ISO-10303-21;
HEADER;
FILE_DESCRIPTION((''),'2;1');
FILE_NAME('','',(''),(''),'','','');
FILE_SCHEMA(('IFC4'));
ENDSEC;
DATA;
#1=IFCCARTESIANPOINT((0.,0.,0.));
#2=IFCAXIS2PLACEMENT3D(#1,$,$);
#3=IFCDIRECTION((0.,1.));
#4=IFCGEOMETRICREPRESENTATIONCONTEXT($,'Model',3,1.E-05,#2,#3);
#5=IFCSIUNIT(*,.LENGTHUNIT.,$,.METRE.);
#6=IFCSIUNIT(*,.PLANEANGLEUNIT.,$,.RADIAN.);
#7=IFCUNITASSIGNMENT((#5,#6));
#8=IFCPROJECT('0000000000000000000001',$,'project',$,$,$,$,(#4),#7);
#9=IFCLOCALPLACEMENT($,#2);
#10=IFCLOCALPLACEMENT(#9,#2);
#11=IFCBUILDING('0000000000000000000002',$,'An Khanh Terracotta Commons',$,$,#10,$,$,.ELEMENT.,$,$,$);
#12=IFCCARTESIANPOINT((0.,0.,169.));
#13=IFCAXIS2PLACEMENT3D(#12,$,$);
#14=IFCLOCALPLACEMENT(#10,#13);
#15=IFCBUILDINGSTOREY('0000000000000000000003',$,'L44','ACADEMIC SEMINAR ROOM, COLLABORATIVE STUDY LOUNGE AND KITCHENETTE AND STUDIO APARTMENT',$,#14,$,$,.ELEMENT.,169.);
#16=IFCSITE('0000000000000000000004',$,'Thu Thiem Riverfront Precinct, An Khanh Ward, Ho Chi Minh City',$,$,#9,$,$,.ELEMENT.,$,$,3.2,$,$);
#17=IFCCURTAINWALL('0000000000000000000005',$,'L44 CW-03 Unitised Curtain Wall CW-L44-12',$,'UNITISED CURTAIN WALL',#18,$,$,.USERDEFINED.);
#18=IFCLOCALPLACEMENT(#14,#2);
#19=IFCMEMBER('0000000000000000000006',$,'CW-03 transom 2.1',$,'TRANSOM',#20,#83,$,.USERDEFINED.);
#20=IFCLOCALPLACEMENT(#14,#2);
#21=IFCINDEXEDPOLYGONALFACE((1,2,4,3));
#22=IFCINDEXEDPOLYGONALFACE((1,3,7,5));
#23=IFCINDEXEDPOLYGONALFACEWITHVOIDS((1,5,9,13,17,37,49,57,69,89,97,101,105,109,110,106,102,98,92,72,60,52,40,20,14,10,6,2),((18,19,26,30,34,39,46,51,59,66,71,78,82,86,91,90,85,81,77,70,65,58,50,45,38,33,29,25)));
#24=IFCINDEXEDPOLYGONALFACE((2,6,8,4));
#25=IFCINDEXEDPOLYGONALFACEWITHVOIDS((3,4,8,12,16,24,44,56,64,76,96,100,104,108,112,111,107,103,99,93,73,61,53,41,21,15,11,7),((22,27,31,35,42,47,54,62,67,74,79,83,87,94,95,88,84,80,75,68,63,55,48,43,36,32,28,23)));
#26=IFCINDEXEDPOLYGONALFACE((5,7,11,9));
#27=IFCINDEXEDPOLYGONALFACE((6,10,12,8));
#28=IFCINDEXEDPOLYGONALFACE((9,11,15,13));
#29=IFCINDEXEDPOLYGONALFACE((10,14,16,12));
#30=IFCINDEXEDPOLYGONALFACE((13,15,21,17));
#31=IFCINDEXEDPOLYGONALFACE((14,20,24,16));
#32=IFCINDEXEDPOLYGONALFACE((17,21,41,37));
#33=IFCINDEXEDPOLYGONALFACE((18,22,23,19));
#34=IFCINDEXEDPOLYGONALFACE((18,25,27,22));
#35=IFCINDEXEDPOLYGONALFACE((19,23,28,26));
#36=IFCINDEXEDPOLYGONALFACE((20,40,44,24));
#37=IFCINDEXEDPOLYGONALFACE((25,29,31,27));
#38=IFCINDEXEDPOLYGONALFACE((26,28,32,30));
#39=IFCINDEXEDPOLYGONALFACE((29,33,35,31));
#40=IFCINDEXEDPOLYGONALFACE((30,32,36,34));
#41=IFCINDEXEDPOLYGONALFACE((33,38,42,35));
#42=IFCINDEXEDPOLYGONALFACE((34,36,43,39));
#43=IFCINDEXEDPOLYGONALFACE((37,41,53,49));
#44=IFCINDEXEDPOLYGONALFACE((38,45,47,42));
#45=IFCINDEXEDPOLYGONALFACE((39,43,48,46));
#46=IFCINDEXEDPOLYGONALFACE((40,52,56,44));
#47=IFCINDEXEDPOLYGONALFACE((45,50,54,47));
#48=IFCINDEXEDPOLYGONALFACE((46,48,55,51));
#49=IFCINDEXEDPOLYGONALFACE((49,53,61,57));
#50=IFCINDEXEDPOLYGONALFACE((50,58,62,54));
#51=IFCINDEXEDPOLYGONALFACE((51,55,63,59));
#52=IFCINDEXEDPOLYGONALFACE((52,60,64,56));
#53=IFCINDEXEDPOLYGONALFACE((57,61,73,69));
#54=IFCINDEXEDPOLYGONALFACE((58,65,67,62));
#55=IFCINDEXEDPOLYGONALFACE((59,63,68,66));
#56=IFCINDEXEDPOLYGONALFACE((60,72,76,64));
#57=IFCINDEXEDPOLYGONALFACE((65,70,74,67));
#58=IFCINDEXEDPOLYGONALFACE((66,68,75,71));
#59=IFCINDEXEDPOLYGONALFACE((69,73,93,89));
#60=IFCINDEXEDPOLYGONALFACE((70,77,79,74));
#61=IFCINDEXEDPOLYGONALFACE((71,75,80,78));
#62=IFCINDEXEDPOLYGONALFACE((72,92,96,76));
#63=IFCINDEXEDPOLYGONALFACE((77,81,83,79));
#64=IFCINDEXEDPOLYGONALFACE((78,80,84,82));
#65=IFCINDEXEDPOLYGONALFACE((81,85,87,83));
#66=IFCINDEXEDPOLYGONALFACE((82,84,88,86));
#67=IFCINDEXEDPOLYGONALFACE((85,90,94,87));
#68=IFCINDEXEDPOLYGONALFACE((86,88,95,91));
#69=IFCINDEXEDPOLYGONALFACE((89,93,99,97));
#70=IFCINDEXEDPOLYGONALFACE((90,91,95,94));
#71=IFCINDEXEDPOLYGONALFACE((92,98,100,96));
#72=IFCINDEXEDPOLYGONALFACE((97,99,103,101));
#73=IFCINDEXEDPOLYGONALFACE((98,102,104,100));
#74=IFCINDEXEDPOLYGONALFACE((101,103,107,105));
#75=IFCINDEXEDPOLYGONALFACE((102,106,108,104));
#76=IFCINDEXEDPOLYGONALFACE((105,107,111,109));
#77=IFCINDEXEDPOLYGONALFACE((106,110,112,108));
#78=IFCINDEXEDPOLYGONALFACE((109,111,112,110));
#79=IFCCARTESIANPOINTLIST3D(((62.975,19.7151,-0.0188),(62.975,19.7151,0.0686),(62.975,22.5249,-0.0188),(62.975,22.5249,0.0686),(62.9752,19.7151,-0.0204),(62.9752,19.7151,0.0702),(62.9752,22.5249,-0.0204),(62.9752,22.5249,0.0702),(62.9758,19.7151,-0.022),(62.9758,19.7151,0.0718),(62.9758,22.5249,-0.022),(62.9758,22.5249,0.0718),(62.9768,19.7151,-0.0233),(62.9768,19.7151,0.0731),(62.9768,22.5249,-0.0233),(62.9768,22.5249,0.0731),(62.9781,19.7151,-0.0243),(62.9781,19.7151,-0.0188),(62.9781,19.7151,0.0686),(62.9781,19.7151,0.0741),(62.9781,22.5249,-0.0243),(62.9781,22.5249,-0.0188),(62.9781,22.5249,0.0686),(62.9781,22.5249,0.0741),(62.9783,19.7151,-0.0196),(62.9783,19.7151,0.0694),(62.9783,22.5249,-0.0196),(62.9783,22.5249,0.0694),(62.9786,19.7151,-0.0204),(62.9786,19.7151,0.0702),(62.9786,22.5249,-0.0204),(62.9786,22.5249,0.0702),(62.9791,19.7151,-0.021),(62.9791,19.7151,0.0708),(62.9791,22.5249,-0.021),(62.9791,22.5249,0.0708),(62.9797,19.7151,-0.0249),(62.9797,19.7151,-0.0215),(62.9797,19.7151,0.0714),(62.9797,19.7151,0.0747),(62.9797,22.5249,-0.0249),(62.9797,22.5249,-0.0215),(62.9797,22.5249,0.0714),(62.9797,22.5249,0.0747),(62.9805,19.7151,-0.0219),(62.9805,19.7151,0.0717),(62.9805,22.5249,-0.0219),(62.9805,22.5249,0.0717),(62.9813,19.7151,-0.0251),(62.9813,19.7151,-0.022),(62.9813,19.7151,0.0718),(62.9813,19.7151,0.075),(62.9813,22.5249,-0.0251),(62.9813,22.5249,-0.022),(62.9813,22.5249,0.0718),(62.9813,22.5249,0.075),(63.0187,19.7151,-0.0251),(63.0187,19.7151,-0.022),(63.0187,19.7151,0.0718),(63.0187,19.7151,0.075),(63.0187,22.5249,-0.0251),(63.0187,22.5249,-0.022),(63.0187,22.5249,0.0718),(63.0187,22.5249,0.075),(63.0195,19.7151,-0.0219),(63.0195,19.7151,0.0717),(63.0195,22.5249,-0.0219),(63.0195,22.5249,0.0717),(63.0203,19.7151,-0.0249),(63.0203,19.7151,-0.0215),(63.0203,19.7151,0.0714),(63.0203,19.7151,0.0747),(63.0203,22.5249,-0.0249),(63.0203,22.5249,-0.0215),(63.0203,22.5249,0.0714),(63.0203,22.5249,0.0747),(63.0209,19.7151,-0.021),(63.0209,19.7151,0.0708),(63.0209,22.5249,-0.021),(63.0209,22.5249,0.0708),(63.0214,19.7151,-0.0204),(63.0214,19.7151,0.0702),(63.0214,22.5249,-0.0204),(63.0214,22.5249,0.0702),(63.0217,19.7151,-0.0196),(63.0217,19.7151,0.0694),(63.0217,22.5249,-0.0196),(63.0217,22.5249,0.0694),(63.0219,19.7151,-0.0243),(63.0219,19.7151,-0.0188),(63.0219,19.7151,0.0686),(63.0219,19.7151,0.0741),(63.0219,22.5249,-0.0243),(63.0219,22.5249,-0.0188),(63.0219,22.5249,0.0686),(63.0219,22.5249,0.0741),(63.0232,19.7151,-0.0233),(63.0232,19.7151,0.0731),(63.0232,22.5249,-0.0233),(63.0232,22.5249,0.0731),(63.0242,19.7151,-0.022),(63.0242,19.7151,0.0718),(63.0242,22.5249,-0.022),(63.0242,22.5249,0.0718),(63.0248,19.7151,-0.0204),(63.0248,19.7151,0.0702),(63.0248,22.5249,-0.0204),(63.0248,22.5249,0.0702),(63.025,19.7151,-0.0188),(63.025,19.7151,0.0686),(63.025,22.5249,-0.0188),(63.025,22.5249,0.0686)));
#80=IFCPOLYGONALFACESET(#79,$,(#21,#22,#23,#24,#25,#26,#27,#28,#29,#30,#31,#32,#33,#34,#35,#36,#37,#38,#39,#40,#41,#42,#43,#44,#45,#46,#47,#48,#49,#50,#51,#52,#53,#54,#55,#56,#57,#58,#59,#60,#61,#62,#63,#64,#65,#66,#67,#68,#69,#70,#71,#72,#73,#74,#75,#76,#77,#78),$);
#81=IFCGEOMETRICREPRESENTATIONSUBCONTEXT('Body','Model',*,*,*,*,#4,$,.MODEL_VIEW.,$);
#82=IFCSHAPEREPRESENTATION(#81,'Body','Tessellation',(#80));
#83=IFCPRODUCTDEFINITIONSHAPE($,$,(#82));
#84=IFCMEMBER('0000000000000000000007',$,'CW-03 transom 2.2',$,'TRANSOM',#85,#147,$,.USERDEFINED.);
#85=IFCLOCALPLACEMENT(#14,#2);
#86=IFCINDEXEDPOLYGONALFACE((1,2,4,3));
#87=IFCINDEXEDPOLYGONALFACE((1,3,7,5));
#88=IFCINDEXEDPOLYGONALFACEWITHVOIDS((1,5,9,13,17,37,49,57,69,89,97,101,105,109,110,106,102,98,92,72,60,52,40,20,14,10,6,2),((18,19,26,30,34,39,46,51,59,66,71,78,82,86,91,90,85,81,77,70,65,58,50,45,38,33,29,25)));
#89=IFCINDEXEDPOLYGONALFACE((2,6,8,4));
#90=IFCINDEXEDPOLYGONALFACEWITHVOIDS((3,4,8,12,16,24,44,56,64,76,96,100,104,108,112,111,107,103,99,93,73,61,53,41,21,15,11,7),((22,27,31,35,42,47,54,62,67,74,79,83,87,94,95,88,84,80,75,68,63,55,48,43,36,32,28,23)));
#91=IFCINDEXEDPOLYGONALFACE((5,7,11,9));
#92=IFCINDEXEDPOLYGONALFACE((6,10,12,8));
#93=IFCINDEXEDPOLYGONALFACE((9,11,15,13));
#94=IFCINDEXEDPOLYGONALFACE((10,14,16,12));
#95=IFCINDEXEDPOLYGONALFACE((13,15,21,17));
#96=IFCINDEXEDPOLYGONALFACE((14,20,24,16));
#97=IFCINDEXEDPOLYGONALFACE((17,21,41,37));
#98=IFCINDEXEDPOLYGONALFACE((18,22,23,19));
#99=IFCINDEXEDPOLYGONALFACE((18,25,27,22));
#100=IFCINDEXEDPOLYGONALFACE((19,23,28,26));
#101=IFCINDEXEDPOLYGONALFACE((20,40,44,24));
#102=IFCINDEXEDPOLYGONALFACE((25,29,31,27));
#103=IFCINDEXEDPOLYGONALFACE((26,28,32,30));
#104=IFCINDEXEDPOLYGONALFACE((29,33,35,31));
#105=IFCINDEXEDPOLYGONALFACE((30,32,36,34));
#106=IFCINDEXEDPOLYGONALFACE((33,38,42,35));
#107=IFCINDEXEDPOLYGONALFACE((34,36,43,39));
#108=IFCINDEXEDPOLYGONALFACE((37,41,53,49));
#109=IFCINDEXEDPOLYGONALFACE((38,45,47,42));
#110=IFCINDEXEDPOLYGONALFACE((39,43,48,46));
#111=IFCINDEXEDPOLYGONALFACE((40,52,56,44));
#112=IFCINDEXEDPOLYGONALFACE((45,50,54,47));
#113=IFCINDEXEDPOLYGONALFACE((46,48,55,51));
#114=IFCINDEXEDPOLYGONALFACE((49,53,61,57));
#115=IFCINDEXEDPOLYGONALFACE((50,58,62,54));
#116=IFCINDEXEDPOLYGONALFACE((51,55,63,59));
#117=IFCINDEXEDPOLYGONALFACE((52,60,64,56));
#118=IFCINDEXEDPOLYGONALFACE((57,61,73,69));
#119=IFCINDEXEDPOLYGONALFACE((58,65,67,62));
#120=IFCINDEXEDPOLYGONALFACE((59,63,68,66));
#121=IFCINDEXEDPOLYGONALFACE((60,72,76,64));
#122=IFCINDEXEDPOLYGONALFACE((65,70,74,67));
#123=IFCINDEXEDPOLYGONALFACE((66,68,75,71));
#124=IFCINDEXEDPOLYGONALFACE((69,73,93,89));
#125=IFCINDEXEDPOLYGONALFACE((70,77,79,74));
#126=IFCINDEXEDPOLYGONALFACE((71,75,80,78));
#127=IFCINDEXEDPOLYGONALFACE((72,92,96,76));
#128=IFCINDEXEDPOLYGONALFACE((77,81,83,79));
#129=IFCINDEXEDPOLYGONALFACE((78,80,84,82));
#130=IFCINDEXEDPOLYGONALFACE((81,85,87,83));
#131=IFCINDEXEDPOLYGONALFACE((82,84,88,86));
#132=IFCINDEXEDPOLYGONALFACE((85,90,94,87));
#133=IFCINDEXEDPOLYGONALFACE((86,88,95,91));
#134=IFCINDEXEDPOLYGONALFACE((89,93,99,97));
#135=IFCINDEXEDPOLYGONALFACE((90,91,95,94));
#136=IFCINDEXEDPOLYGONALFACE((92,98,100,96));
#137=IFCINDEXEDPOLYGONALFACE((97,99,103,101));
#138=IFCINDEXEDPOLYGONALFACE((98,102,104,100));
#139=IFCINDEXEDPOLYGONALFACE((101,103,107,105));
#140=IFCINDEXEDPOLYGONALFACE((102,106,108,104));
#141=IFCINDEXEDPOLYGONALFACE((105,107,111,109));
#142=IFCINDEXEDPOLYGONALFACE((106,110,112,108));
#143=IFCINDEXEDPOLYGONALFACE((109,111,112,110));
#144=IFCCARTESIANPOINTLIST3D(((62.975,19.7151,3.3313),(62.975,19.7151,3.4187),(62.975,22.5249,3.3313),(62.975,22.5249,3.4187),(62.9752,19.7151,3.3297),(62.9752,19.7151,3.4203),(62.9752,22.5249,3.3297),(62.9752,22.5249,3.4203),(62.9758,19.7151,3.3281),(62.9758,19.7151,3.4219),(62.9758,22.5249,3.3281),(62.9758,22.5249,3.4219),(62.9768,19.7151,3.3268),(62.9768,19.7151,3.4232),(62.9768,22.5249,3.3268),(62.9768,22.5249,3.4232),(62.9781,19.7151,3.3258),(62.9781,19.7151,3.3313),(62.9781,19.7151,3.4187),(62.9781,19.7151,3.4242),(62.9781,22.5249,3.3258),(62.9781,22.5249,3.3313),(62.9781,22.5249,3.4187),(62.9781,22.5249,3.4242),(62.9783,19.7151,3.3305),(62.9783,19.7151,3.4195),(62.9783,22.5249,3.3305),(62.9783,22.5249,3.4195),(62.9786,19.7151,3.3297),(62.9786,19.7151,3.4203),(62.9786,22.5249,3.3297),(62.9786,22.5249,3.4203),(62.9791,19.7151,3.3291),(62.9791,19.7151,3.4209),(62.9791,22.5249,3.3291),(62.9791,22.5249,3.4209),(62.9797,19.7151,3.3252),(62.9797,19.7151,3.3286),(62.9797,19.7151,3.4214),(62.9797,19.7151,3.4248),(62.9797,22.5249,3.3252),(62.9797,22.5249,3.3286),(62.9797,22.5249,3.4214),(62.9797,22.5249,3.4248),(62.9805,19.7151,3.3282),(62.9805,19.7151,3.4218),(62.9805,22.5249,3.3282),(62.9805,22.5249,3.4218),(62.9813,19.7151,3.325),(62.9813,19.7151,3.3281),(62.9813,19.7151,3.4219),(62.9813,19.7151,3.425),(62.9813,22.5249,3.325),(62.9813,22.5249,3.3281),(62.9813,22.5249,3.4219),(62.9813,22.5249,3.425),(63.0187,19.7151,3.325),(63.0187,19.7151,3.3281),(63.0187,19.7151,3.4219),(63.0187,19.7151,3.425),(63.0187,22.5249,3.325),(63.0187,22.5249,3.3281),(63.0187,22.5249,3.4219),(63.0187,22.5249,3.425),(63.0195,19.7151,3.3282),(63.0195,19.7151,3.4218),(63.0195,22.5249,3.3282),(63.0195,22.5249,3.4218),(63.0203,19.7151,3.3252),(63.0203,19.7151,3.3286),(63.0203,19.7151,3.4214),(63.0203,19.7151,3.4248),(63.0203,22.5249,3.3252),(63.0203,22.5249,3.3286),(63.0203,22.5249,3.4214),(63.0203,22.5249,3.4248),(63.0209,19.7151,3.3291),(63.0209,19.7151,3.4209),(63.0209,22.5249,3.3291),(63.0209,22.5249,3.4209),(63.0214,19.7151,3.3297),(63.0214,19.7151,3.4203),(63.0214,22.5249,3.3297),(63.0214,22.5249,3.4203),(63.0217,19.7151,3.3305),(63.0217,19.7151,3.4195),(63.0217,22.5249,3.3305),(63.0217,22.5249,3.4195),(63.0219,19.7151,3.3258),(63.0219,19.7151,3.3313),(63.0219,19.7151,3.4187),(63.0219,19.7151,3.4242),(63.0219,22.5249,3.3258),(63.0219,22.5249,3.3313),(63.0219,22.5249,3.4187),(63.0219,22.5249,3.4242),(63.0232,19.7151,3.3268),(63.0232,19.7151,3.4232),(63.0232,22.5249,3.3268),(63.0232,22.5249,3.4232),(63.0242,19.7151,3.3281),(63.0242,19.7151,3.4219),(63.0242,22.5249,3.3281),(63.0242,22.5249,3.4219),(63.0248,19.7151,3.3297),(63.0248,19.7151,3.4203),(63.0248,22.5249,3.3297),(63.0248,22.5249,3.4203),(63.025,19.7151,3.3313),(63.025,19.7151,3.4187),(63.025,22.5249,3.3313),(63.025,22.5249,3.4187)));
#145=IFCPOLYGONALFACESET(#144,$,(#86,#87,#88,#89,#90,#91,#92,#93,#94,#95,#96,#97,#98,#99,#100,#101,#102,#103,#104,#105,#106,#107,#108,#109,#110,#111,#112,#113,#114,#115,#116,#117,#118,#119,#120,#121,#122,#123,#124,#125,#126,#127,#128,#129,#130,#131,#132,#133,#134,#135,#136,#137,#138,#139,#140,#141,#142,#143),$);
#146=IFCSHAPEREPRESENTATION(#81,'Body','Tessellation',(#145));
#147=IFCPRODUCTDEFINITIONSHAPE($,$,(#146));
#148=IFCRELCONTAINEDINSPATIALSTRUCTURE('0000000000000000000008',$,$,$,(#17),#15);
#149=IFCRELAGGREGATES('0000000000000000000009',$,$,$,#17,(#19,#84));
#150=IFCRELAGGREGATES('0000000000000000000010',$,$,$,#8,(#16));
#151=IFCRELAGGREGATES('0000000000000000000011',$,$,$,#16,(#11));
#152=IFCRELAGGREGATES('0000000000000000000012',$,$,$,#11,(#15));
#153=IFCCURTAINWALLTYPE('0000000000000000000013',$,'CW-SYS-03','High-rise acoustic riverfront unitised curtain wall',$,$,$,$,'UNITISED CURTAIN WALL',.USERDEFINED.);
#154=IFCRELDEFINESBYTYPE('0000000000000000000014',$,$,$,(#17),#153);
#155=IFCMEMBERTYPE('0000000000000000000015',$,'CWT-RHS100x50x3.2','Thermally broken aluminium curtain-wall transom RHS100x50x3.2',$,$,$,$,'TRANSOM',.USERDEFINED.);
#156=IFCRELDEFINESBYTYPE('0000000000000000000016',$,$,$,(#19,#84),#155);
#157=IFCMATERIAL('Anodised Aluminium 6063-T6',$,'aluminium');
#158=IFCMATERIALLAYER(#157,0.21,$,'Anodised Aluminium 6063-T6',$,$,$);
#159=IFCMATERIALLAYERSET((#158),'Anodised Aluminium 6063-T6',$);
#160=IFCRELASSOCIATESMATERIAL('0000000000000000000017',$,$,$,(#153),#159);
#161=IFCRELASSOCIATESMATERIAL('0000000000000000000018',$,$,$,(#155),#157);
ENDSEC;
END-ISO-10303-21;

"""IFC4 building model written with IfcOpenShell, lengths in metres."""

from ifc_helpers import new_model, si_unit, direction, frame, origin, origin_2d, place, context, subcontext, project, spatial, hollow_rectangle, extrude, material, layer, layer_set, material_profile, profile_set, type_object, element, aggregate, save


model = new_model("IFC4")

# Units and contexts
model_context = context("Model", 3, precision=1e-05, world=origin(), true_north=direction((0.0, 1.0)))
body_context = subcontext(model_context, "Body", "Model", "MODEL_VIEW")
ifc_project = project(units=[si_unit("LENGTHUNIT", "METRE"), si_unit("PLANEANGLEUNIT", "RADIAN")], contexts=[model_context])

# Site, building, storey
site_placement = place(None, origin())
site = spatial("IfcSite", under=ifc_project, at=site_placement, Name="Thu Thiem Riverfront Precinct, An Khanh Ward, Ho Chi Minh City", CompositionType="ELEMENT", RefElevation=3.2)
building_placement = place(site_placement, origin())
building = spatial("IfcBuilding", under=site, at=building_placement, Name="An Khanh Terracotta Commons", CompositionType="ELEMENT")
storey_placement = place(building_placement, frame((0.0, 0.0, 169.0)))
storey = spatial("IfcBuildingStorey", under=building, at=storey_placement, Name="L44", Description="ACADEMIC SEMINAR ROOM, COLLABORATIVE STUDY LOUNGE AND KITCHENETTE AND STUDIO APARTMENT", CompositionType="ELEMENT", Elevation=169.0)

# Curtain wall
ifc_material_1 = material(Name="Anodised Aluminium 6063-T6", Category="aluminium")
ifc_layer_1 = layer(ifc_material_1, 0.21, Name="Anodised Aluminium 6063-T6")
ifc_layer_set_1 = layer_set([ifc_layer_1], Name="Anodised Aluminium 6063-T6")
curtain_wall_type = type_object("IfcCurtainWallType", Name="CW-SYS-03", Description="High-rise acoustic riverfront unitised curtain wall", ElementType="UNITISED CURTAIN WALL", PredefinedType="USERDEFINED", material=ifc_layer_set_1)
curtain_wall_1_placement = place(storey_placement, origin())
curtain_wall_1 = element("IfcCurtainWall", 1, at=curtain_wall_1_placement, inside=storey, type_object=curtain_wall_type, Name="L44 CW-03 Unitised Curtain Wall CW-L44-12", ObjectType="UNITISED CURTAIN WALL", PredefinedType="USERDEFINED")

# Members
ifc_material_profile_1 = material_profile(ifc_material_1, hollow_rectangle(XDim=0.05, YDim=0.1001, WallThickness=0.0032, InnerFilletRadius=0.0032, OuterFilletRadius=0.0063, at=origin_2d()), Name="RHS100x50x3.2")
ifc_profile_set_1 = profile_set([ifc_material_profile_1], Name="Anodised Aluminium 6063-T6")
member_type_1 = type_object("IfcMemberType", Name="CWT-RHS100x50x3.2", Description="Thermally broken aluminium curtain-wall transom RHS100x50x3.2", ElementType="TRANSOM", PredefinedType="USERDEFINED", material=ifc_profile_set_1)
member_1_placement = place(storey_placement, frame((63.0, 19.7151, 0.0249), z_axis=(0.0, 1.0, 0.0), x_axis=(-1.0, 0.0, 0.0)))
member_1 = element("IfcMember", 2, at=member_1_placement, type_object=member_type_1, Name="CW-03 transom 2.1", ObjectType="TRANSOM", PredefinedType="USERDEFINED", context=body_context, shape_type="SweptSolid", body=[
    extrude(hollow_rectangle(XDim=0.05, YDim=0.1001, WallThickness=0.0032, InnerFilletRadius=0.0032, OuterFilletRadius=0.0063, at=origin_2d()), origin(), (0.0, 0.0, 1.0), 2.8098),
])
member_2_placement = place(storey_placement, frame((63.0, 19.7151, 3.375), z_axis=(0.0, 1.0, 0.0), x_axis=(-1.0, 0.0, 0.0)))
member_2 = element("IfcMember", 3, at=member_2_placement, type_object=member_type_1, Name="CW-03 transom 2.2", ObjectType="TRANSOM", PredefinedType="USERDEFINED", context=body_context, shape_type="SweptSolid", body=[
    extrude(hollow_rectangle(XDim=0.05, YDim=0.1001, WallThickness=0.0032, InnerFilletRadius=0.0032, OuterFilletRadius=0.0063, at=origin_2d()), origin(), (0.0, 0.0, 1.0), 2.8098),
])

aggregate(curtain_wall_1, [member_1, member_2])

save(model, "model.ifc")
